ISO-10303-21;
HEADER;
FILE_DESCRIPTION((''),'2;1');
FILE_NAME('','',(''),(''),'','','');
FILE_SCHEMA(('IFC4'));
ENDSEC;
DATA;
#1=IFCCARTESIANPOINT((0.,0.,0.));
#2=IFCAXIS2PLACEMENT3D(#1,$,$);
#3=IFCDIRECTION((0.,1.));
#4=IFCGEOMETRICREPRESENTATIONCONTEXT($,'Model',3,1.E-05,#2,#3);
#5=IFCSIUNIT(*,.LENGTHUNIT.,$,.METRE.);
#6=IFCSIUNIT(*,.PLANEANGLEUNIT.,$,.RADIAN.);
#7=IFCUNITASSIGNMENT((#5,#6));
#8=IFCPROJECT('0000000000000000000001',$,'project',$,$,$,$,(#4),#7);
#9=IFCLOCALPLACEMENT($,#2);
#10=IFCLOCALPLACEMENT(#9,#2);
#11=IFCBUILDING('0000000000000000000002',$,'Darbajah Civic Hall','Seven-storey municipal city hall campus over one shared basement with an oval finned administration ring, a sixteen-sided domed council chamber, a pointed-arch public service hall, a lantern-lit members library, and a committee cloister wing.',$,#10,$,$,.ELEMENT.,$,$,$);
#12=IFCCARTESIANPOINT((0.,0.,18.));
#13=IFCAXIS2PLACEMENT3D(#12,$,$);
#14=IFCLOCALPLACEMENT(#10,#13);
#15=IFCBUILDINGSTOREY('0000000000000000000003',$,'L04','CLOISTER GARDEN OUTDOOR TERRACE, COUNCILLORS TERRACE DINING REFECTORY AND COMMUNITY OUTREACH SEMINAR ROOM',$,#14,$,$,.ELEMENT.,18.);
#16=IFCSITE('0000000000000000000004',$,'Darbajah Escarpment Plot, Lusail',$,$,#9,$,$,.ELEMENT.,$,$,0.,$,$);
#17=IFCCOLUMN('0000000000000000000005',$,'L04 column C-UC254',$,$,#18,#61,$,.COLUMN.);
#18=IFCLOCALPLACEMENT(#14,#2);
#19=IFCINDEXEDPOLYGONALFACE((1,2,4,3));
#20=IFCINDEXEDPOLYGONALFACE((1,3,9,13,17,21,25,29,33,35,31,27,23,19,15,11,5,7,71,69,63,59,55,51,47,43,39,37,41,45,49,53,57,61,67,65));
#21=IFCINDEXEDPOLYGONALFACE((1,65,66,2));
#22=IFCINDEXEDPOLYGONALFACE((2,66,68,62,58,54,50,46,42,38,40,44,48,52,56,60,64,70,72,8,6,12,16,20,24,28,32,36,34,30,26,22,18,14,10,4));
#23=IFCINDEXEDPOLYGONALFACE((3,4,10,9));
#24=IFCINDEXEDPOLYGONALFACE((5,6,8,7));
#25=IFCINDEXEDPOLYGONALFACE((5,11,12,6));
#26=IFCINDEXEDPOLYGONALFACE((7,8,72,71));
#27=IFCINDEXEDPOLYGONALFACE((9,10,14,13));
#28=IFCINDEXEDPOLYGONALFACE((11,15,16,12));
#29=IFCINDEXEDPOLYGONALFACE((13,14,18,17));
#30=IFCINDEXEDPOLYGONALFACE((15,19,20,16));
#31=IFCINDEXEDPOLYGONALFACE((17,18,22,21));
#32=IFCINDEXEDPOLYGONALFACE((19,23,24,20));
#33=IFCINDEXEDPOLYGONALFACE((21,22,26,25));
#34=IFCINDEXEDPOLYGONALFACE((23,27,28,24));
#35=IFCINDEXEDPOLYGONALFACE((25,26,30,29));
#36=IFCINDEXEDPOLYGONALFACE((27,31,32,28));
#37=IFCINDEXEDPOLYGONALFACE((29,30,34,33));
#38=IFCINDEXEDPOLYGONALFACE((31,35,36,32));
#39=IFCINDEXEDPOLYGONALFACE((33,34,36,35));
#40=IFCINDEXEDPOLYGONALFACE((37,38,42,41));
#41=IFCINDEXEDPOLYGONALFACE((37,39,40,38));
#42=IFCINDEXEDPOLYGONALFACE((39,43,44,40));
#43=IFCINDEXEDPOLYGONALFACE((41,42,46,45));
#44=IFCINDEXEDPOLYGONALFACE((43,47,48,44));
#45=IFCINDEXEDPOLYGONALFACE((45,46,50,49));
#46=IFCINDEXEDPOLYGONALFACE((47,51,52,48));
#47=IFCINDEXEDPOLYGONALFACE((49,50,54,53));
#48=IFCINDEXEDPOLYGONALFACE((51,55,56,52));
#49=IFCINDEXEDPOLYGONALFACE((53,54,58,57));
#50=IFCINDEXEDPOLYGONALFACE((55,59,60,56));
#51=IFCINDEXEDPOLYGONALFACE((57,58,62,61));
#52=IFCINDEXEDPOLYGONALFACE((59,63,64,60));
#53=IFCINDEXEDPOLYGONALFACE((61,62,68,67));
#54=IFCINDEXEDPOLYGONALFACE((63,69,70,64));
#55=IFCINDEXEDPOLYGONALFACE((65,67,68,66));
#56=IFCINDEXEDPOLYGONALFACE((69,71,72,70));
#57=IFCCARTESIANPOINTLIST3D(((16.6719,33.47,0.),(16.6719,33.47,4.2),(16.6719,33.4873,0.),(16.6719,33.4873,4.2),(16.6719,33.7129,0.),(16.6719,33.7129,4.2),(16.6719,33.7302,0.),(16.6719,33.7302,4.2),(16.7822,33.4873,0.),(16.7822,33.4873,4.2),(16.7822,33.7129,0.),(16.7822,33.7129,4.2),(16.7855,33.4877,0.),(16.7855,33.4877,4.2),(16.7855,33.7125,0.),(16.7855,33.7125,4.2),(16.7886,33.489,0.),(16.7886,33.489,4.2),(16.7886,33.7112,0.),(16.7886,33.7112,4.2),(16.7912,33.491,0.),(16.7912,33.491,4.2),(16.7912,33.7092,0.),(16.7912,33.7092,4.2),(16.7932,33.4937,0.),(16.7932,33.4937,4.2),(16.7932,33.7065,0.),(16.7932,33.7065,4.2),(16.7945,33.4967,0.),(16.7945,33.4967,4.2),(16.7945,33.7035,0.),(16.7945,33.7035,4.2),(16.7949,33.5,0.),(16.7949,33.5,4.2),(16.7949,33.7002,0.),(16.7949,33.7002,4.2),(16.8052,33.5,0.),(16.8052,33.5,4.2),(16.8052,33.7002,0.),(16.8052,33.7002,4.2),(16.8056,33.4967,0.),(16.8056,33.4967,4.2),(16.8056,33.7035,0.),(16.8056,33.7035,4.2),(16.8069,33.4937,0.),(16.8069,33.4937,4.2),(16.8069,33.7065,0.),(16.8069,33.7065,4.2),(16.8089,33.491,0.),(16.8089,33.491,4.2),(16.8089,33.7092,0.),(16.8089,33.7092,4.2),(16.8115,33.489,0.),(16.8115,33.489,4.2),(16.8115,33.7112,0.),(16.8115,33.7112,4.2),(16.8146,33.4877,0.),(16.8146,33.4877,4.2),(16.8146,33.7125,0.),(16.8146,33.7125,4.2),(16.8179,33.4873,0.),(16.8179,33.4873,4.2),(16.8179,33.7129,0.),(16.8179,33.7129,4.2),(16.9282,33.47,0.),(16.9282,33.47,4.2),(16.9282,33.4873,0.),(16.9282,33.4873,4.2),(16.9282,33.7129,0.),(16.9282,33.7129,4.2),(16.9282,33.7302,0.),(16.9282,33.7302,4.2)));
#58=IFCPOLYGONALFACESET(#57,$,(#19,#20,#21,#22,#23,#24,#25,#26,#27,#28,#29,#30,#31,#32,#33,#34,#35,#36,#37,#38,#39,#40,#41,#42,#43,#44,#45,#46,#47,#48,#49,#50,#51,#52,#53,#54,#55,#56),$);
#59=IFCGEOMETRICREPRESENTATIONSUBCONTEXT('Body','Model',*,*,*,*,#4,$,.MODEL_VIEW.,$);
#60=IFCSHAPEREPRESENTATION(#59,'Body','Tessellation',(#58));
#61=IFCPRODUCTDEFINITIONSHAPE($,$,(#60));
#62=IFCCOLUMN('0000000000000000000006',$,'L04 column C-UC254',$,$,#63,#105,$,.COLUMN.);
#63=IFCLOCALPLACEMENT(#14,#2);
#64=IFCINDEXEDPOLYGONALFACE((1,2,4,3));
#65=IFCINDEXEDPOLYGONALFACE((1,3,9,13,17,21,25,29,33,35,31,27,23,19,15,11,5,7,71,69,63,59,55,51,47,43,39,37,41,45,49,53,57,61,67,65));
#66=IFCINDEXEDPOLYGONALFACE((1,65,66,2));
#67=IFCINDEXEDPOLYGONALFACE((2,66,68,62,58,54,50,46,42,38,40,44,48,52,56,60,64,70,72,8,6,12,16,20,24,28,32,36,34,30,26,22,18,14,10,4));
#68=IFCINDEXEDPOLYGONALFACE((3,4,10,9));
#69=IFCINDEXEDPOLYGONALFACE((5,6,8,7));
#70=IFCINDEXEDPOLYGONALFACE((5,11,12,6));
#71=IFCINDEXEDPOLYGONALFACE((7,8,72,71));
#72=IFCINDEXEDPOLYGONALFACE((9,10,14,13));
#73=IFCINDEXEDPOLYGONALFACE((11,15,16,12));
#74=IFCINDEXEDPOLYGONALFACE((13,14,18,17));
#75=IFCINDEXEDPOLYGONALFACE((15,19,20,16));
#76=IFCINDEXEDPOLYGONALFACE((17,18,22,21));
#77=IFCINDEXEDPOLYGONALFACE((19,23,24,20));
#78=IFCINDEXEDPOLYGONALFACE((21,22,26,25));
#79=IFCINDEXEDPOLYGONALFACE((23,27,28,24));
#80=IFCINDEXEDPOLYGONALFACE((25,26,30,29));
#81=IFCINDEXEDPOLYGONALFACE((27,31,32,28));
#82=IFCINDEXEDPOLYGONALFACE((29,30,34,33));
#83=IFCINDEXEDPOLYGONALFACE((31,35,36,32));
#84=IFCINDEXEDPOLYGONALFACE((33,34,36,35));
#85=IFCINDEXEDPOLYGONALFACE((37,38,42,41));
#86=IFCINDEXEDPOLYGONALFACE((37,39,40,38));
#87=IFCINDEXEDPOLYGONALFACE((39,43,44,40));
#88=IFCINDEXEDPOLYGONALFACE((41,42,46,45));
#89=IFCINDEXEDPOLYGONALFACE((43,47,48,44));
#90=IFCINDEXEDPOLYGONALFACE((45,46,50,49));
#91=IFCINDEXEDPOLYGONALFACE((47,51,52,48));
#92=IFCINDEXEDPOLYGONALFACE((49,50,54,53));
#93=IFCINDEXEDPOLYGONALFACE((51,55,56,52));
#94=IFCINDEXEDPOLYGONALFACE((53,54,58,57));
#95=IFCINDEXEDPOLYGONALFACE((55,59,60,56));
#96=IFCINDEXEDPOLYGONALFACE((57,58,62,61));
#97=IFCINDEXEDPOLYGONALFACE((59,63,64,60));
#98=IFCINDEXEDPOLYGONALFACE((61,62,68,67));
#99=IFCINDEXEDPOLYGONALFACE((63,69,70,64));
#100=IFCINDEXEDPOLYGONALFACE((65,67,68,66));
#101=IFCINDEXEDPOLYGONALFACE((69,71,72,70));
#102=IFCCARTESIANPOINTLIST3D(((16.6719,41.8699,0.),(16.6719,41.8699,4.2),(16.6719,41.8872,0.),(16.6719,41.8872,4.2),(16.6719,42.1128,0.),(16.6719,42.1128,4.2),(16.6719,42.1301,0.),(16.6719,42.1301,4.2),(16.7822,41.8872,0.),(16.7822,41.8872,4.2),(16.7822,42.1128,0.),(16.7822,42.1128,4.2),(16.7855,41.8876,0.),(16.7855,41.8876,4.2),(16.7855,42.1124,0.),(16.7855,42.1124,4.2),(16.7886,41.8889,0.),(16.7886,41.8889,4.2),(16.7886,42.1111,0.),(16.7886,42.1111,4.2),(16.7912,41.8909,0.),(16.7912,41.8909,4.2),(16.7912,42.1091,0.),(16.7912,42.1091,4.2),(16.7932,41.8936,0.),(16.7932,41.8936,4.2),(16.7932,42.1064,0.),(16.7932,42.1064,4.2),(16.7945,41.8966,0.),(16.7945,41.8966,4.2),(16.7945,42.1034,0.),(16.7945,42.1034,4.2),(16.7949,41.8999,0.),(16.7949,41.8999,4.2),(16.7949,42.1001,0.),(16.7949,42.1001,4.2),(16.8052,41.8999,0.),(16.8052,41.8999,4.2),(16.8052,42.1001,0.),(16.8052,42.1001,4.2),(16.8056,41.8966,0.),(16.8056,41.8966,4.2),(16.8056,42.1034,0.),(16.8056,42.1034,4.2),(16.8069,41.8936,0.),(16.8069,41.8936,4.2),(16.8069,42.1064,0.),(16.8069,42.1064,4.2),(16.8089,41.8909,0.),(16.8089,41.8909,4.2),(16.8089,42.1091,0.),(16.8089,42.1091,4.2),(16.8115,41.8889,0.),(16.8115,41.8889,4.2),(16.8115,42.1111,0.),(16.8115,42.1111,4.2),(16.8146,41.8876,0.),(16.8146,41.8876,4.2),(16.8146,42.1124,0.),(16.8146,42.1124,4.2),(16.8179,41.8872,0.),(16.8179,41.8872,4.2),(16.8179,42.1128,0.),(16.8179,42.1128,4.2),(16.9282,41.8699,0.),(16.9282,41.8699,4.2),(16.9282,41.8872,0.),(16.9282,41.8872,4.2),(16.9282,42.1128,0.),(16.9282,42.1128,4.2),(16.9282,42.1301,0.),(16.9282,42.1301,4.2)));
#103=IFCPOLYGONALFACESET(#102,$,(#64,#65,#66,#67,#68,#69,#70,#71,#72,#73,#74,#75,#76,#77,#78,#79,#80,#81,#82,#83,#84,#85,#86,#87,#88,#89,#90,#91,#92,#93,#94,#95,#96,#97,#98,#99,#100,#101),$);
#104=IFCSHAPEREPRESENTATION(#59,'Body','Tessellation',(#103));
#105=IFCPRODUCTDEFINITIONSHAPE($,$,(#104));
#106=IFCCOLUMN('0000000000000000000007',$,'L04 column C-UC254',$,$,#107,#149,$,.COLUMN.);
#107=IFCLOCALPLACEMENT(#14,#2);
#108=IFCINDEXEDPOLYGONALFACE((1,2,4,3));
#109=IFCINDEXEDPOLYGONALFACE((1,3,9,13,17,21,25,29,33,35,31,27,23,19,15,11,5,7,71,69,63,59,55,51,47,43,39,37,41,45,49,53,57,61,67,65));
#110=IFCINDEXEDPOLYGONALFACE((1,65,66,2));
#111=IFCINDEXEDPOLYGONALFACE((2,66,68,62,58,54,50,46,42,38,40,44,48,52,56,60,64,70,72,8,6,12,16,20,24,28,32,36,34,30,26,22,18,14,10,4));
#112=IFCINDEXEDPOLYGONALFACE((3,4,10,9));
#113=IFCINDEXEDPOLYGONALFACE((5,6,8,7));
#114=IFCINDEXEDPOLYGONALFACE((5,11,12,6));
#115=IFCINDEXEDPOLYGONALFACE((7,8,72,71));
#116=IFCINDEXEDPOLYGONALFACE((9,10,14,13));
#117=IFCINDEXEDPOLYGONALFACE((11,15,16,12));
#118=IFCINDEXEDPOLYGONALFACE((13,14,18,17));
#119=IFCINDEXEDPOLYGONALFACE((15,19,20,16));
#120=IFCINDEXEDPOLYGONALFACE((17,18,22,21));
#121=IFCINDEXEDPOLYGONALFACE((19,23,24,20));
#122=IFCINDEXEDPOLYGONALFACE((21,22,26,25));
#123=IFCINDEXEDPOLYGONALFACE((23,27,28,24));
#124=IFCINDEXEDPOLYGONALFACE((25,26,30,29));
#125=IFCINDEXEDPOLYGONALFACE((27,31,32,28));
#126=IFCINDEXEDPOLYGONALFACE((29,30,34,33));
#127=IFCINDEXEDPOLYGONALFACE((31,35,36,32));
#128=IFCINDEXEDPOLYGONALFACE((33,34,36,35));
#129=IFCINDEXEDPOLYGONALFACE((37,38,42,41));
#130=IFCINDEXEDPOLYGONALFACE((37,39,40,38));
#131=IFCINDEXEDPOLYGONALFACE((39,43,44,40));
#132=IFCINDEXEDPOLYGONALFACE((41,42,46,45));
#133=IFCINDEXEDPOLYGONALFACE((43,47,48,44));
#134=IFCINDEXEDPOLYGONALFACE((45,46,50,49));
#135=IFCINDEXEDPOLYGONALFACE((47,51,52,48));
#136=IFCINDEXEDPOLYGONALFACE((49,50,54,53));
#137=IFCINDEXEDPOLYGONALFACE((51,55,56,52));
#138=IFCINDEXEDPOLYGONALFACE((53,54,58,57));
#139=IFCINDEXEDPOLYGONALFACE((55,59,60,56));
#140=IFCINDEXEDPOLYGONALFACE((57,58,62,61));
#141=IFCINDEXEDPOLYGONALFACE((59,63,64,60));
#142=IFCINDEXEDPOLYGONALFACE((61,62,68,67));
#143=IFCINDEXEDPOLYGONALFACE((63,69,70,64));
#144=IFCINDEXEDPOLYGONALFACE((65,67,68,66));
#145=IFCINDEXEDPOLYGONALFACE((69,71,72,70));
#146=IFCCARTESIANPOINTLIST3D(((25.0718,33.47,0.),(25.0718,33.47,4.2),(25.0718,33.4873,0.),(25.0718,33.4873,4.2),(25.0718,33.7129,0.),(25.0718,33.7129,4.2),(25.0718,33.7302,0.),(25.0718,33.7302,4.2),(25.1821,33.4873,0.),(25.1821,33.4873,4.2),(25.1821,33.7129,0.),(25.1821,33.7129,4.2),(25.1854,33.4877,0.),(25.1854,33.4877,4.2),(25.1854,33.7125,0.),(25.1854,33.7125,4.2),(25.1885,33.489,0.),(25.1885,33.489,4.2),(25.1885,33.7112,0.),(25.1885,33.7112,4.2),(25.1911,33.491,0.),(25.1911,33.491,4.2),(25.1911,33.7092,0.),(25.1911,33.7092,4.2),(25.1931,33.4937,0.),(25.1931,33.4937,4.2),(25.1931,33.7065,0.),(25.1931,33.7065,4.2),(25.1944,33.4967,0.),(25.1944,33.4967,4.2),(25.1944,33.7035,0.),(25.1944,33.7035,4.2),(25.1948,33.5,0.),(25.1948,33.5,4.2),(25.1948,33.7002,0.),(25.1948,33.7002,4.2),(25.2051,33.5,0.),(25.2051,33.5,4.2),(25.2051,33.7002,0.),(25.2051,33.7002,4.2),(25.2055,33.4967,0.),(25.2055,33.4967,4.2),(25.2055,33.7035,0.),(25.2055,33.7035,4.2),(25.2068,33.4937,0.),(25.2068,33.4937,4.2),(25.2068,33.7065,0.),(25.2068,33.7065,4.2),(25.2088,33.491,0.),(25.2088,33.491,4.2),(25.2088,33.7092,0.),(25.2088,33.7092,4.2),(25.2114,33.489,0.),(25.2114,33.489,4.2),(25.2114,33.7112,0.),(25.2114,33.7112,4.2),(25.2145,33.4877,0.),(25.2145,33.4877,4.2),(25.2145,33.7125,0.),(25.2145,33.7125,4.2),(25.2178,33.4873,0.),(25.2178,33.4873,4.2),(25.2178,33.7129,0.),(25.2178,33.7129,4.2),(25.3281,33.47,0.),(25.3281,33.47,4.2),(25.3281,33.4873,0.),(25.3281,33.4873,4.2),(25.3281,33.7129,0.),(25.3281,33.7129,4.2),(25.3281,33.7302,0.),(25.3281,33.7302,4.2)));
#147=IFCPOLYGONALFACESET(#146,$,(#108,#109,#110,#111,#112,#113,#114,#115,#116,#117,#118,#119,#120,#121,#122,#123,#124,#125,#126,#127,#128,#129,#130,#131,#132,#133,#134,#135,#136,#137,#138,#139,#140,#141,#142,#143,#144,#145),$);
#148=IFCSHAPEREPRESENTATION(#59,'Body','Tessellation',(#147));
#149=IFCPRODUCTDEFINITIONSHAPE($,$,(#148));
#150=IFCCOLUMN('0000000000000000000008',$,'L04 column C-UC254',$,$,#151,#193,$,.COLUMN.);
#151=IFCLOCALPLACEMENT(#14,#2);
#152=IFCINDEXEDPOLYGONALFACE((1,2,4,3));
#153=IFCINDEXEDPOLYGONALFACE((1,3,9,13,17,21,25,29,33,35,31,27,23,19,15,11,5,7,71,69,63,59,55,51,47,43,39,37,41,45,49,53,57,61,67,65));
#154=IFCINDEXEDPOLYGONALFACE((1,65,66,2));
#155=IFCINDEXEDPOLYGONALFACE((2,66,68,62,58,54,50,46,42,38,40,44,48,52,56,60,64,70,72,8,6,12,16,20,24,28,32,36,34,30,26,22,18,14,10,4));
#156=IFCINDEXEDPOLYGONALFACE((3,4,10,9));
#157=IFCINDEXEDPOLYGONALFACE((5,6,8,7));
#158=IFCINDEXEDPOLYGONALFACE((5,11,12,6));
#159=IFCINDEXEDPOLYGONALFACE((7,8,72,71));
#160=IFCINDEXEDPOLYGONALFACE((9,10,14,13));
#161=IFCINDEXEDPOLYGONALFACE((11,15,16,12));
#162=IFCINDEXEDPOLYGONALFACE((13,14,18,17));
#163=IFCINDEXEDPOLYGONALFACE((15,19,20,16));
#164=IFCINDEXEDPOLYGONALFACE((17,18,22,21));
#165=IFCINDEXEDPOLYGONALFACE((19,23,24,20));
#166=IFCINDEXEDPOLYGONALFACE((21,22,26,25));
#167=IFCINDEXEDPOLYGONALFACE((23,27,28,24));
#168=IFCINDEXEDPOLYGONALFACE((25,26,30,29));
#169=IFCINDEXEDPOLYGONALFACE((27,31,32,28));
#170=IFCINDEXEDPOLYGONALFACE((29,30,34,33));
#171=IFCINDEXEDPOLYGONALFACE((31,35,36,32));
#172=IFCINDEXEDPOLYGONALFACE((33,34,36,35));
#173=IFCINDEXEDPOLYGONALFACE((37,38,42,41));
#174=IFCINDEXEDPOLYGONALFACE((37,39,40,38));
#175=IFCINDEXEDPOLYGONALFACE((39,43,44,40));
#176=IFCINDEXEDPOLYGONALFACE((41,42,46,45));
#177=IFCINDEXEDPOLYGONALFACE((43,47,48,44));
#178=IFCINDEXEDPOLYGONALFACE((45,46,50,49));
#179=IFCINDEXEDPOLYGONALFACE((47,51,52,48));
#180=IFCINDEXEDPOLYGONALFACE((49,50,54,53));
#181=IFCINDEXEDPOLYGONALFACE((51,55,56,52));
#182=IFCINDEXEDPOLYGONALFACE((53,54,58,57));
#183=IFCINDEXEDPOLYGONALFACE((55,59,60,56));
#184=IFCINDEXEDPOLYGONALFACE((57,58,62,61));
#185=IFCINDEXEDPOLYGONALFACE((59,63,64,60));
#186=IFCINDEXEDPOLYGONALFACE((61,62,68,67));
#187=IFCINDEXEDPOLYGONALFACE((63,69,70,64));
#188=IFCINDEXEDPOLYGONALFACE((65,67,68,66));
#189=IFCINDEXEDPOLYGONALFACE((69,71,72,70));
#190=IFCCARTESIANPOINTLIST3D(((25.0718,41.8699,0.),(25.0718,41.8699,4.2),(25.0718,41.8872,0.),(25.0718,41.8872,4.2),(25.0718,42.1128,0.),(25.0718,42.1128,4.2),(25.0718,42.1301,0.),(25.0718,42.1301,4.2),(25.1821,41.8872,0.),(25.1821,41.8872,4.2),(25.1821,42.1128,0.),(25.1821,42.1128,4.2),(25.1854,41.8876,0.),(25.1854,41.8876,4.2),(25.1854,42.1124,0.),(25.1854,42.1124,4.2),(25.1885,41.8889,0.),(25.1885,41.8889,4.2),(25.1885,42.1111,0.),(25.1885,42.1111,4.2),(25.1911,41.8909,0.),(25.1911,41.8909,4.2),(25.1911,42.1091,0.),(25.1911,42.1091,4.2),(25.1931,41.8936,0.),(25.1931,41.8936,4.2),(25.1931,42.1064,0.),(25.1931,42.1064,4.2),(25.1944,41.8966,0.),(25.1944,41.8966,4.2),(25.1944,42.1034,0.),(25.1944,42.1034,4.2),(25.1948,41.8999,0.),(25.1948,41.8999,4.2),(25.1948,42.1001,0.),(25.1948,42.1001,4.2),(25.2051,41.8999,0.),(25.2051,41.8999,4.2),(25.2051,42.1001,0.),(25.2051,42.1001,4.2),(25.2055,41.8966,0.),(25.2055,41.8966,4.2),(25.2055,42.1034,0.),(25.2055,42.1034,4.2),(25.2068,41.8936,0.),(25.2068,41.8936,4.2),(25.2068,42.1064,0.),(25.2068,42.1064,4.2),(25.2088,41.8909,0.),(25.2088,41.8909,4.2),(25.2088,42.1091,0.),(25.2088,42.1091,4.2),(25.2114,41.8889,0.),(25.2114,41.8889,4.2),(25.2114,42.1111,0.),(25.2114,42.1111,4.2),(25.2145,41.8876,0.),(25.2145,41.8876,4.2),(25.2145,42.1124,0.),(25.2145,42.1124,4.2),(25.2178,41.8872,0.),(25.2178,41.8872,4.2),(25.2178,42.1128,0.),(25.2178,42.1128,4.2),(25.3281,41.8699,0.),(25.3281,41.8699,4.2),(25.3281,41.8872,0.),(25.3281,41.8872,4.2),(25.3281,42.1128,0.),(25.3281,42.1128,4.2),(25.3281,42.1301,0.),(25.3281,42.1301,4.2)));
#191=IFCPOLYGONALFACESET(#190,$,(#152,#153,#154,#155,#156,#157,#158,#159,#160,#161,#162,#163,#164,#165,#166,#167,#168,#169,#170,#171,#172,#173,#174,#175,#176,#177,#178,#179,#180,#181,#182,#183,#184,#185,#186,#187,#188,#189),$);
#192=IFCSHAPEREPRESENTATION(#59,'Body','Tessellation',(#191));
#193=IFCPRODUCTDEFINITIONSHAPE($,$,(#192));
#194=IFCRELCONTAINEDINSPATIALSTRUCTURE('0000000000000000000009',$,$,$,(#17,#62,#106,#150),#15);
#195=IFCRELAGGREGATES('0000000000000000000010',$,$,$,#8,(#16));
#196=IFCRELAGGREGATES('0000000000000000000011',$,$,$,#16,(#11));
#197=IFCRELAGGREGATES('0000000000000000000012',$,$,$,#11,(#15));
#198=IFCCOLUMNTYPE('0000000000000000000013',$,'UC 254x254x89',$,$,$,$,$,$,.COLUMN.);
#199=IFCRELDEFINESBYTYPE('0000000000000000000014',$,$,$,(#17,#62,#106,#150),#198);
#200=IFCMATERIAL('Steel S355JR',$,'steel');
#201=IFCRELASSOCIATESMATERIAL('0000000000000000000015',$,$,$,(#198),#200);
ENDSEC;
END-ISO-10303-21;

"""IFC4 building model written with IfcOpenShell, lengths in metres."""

from ifc_helpers import new_model, si_unit, direction, frame, origin, origin_2d, place, context, subcontext, project, spatial, i_section, extrude, material, material_profile, profile_set, type_object, element, save


model = new_model("IFC4")

# Units and contexts
model_context = context("Model", 3, precision=1e-05, world=origin(), true_north=direction((0.0, 1.0)))
body_context = subcontext(model_context, "Body", "Model", "MODEL_VIEW")
ifc_project = project(units=[si_unit("LENGTHUNIT", "METRE"), si_unit("PLANEANGLEUNIT", "RADIAN")], contexts=[model_context])

# Site, building, storey
site_placement = place(None, origin())
site = spatial("IfcSite", under=ifc_project, at=site_placement, Name="Darbajah Escarpment Plot, Lusail", CompositionType="ELEMENT", RefElevation=0.0)
building_placement = place(site_placement, origin())
building = spatial("IfcBuilding", under=site, at=building_placement, Name="Darbajah Civic Hall", Description="Seven-storey municipal city hall campus over one shared basement with an oval finned administration ring, a sixteen-sided domed council chamber, a pointed-arch public service hall, a lantern-lit members library, and a committee cloister wing.", CompositionType="ELEMENT")
storey_placement = place(building_placement, frame((0.0, 0.0, 18.0)))
storey = spatial("IfcBuildingStorey", under=building, at=storey_placement, Name="L04", Description="CLOISTER GARDEN OUTDOOR TERRACE, COUNCILLORS TERRACE DINING REFECTORY AND COMMUNITY OUTREACH SEMINAR ROOM", CompositionType="ELEMENT", Elevation=18.0)

# Columns
ifc_material_1 = material(Name="Steel S355JR", Category="steel")
ifc_material_profile_1 = material_profile(ifc_material_1, i_section(OverallWidth=0.2563, OverallDepth=0.2603, WebThickness=0.0103, FlangeThickness=0.0173, FilletRadius=0.0127, at=origin_2d()), Name="UC 254x254x89")
ifc_profile_set_1 = profile_set([ifc_material_profile_1], Name="Steel S355JR")
column_type = type_object("IfcColumnType", Name="UC 254x254x89", PredefinedType="COLUMN", material=ifc_profile_set_1)
for number, where, z_axis, x_axis, name in (
    (1, (16.8, 33.6001, 0.0), (0.0, 0.0, 1.0), (1.0, 0.0, 0.0), "L04 column C-UC254"),
    (2, (16.8, 42.0, 0.0), (0.0, 0.0, 1.0), (1.0, 0.0, 0.0), "L04 column C-UC254"),
    (3, (25.2, 33.6001, 0.0), (0.0, 0.0, 1.0), (1.0, 0.0, 0.0), "L04 column C-UC254"),
    (4, (25.2, 42.0, 0.0), (0.0, 0.0, 1.0), (1.0, 0.0, 0.0), "L04 column C-UC254"),
):
    element("IfcColumn", number, at=place(storey_placement, frame(where, z_axis=z_axis, x_axis=x_axis)), inside=storey, type_object=column_type, Name=name, PredefinedType="COLUMN", context=body_context, shape_type="SweptSolid", body=[
        extrude(i_section(OverallWidth=0.2563, OverallDepth=0.2603, WebThickness=0.0103, FlangeThickness=0.0173, FilletRadius=0.0127, at=origin_2d()), origin(), (0.0, 0.0, 1.0), 4.2),
    ])

save(model, "model.ifc")
